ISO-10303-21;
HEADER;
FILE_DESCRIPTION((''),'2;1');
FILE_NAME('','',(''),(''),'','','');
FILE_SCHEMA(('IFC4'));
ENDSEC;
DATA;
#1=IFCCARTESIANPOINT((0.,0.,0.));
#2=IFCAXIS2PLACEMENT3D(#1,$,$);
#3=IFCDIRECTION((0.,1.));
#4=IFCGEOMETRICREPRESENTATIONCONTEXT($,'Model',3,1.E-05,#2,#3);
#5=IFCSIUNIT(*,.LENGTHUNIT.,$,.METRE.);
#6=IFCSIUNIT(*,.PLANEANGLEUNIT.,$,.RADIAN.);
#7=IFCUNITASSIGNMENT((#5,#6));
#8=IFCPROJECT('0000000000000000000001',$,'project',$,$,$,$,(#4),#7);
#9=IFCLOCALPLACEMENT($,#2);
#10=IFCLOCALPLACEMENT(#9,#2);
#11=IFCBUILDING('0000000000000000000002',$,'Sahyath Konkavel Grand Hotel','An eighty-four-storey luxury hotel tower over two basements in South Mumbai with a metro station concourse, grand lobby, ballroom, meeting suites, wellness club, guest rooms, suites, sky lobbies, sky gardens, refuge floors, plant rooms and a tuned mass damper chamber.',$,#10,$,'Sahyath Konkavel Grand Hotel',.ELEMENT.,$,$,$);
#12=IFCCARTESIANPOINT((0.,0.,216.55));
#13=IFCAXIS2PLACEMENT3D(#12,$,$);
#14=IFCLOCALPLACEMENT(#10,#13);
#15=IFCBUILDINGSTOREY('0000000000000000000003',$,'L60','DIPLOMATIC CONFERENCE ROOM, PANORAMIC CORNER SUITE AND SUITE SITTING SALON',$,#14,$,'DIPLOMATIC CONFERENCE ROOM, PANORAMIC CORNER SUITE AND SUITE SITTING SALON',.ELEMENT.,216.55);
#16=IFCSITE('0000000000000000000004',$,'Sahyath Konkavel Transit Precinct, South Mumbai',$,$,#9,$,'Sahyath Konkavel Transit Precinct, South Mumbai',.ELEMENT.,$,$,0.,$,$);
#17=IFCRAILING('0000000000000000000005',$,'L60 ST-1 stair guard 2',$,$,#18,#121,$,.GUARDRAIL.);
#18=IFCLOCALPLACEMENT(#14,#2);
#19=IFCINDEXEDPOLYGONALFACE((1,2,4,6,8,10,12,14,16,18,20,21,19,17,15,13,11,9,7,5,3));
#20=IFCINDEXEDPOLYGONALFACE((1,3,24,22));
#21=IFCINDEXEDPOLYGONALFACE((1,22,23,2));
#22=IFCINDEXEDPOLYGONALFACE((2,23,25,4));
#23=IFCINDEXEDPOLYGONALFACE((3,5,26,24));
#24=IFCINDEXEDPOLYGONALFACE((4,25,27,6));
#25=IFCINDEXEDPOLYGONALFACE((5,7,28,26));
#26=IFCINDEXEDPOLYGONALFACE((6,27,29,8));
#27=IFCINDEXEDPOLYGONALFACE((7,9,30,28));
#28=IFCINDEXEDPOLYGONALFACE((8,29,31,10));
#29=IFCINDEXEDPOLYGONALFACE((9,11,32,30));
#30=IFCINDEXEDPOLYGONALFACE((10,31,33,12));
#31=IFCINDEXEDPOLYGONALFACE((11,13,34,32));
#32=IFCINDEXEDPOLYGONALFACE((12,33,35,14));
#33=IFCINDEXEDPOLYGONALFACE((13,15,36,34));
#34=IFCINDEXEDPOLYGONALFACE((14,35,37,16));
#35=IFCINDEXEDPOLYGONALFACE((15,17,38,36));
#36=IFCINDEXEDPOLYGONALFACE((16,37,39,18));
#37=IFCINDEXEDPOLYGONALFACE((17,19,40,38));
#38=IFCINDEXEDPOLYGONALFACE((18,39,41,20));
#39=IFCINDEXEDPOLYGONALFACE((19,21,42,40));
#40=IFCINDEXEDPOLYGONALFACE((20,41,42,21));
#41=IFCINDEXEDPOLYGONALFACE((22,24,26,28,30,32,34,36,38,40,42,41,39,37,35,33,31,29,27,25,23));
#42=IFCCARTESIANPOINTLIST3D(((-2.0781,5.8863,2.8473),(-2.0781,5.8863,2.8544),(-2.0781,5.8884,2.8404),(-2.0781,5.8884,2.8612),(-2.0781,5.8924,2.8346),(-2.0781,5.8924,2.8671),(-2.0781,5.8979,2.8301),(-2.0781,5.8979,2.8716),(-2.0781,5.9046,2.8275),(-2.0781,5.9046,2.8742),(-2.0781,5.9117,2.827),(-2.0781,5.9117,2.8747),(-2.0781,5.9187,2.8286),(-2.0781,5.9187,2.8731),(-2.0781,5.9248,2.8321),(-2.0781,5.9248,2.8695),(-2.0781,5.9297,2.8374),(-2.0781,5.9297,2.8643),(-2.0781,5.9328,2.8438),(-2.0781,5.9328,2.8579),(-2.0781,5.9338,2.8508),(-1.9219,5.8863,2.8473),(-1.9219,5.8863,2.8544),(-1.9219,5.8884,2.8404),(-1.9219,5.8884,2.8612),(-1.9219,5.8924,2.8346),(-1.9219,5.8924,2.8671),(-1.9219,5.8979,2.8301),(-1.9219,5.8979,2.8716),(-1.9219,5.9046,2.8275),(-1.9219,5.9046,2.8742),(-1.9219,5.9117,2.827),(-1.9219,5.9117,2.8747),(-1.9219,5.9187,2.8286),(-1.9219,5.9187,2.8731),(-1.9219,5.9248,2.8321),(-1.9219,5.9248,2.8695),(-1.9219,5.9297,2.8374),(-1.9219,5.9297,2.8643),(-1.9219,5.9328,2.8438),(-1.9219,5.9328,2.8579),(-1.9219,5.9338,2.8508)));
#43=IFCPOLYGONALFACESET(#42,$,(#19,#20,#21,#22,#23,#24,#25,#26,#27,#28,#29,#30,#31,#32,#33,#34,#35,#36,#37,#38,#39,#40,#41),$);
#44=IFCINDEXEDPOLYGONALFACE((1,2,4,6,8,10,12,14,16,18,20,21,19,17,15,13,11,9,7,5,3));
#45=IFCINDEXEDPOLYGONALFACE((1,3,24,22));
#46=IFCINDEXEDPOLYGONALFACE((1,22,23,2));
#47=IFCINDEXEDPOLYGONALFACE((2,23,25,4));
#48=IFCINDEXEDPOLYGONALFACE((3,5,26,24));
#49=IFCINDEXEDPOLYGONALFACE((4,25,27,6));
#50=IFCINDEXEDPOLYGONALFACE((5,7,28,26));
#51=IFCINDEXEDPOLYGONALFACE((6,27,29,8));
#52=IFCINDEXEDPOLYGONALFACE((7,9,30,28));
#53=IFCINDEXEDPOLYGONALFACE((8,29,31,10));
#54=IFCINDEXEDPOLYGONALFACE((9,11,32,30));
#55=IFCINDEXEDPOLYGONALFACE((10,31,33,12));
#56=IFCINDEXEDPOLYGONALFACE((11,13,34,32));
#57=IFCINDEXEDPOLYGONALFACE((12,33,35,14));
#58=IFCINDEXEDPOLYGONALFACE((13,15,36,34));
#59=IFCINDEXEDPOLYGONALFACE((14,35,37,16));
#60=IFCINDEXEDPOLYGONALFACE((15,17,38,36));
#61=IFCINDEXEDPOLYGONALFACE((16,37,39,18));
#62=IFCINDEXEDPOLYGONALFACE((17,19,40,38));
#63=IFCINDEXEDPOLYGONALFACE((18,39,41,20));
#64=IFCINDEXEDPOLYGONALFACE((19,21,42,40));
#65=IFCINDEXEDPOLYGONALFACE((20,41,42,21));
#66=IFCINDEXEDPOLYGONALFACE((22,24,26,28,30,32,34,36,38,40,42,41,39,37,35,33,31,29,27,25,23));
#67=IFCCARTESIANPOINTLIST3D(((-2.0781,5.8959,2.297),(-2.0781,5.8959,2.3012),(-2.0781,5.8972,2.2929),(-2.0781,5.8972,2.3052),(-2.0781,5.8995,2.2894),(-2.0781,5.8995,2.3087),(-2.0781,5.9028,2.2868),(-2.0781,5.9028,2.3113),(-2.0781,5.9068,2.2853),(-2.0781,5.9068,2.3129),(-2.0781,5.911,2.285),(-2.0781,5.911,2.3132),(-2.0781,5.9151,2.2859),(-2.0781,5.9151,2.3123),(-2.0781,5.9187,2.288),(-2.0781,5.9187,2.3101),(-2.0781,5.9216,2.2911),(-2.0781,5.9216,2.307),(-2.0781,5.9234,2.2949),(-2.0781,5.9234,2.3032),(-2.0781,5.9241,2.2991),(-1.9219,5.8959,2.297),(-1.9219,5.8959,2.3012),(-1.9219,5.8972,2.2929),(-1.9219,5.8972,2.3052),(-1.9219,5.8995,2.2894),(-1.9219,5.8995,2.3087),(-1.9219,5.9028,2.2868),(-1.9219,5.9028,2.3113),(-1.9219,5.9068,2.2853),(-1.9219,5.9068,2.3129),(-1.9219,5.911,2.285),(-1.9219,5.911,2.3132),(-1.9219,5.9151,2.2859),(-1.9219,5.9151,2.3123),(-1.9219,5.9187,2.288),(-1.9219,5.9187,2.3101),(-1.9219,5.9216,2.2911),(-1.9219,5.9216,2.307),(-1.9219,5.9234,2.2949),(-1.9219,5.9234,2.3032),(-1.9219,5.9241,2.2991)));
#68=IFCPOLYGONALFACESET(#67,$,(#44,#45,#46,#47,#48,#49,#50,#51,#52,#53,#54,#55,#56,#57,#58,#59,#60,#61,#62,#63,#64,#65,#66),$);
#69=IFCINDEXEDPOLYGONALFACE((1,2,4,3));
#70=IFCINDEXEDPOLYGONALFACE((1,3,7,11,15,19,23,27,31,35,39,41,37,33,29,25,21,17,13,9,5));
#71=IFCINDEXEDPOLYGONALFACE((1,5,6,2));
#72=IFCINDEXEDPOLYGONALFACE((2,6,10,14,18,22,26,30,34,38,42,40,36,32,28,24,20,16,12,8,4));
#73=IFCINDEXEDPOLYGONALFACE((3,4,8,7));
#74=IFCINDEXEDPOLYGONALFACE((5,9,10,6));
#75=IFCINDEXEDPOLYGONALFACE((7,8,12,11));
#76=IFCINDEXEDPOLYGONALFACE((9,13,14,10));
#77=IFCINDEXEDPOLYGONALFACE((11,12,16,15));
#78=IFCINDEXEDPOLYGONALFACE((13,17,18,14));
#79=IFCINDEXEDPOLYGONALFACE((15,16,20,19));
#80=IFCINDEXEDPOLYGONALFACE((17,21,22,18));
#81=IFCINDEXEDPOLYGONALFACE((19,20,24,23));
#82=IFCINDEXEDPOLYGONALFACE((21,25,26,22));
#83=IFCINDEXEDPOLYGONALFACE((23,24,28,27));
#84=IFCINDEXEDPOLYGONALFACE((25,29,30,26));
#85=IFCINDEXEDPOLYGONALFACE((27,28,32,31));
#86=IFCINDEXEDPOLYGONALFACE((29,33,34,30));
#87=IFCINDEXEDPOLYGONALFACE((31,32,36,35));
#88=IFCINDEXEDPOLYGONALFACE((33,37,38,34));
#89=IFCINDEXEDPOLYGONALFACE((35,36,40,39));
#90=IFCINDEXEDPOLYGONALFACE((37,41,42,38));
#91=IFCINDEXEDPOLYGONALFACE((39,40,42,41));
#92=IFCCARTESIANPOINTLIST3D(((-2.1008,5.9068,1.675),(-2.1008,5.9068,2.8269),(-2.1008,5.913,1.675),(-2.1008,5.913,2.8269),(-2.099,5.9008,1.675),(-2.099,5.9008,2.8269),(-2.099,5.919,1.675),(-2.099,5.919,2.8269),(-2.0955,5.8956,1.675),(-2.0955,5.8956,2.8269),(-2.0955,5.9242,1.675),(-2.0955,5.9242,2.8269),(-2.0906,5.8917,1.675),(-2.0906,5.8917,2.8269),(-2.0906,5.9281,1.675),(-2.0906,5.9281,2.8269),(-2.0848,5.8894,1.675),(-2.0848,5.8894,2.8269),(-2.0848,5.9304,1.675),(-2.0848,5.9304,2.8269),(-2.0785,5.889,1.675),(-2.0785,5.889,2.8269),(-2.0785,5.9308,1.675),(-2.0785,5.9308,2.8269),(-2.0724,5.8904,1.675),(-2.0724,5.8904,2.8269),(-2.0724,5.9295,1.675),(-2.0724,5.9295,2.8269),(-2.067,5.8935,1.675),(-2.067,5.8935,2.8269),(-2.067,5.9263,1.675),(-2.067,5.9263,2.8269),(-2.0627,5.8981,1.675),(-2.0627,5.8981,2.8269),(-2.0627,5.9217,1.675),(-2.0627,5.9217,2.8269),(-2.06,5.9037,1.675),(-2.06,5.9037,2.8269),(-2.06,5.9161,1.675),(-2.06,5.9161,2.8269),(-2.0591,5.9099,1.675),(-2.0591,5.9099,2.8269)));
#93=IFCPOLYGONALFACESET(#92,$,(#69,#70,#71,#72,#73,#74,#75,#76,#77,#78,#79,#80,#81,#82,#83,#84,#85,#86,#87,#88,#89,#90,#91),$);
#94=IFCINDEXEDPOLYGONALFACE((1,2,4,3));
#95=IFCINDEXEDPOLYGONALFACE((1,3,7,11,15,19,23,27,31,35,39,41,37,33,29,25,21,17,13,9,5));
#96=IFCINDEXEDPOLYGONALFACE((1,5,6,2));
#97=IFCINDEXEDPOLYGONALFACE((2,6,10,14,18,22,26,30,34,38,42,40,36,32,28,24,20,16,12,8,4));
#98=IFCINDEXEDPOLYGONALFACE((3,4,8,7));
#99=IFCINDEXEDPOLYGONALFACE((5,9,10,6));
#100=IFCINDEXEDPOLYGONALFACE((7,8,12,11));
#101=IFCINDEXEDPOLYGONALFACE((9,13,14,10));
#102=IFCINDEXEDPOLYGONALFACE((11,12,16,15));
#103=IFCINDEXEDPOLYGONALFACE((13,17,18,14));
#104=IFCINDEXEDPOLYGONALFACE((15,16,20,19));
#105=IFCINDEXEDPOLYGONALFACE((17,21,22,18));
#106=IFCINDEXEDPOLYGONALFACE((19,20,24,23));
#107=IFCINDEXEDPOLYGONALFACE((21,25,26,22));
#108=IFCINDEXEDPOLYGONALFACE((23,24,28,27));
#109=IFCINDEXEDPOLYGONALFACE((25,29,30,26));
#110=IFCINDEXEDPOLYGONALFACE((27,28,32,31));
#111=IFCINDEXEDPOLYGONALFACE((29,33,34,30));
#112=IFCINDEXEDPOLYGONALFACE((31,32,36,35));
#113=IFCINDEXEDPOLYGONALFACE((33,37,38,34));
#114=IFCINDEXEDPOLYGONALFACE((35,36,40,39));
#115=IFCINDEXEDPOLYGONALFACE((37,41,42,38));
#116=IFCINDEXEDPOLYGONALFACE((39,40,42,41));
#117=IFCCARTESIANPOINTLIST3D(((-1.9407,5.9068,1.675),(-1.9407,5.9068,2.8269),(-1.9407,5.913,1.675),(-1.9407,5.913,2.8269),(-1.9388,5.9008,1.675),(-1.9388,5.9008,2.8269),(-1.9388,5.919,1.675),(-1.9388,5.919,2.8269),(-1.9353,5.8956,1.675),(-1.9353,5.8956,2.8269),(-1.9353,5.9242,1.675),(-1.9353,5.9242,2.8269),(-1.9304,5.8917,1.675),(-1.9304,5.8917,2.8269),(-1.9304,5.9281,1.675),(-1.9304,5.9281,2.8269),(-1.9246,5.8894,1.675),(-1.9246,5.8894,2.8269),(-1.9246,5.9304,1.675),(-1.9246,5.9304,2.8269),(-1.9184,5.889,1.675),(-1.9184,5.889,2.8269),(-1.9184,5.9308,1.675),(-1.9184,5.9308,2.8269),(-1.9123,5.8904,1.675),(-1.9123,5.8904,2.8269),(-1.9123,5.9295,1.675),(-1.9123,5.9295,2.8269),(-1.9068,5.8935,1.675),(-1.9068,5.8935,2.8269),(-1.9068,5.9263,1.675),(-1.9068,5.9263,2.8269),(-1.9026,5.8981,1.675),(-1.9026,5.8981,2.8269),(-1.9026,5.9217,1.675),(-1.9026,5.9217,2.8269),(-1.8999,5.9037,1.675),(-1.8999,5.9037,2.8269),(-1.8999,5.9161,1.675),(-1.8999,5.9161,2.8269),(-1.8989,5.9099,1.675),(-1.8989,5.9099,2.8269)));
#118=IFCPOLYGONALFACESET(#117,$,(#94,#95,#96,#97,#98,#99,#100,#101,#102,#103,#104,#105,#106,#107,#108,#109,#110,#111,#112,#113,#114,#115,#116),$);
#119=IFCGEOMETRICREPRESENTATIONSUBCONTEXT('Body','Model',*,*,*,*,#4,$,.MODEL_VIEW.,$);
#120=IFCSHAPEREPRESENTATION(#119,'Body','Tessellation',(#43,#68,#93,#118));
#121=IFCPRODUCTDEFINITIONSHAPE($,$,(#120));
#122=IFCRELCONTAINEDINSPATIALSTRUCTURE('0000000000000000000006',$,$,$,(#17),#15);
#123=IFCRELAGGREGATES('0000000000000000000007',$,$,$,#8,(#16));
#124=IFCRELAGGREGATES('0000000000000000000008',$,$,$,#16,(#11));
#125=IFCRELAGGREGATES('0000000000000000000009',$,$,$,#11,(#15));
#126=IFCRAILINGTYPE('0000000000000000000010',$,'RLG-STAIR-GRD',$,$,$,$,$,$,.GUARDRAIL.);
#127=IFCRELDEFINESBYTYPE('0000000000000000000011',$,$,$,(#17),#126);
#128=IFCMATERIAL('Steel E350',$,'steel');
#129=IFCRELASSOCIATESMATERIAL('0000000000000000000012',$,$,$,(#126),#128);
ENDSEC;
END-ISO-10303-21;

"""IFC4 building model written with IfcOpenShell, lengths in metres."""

from ifc_helpers import new_model, si_unit, direction, frame, origin, origin_2d, place, context, subcontext, project, spatial, circle, extrude, material, type_object, element, save


model = new_model("IFC4")

# Units and contexts
model_context = context("Model", 3, precision=1e-05, world=origin(), true_north=direction((0.0, 1.0)))
body_context = subcontext(model_context, "Body", "Model", "MODEL_VIEW")
ifc_project = project(units=[si_unit("LENGTHUNIT", "METRE"), si_unit("PLANEANGLEUNIT", "RADIAN")], contexts=[model_context])

# Site, building, storey
site_placement = place(None, origin())
site = spatial("IfcSite", under=ifc_project, at=site_placement, Name="Sahyath Konkavel Transit Precinct, South Mumbai", LongName="Sahyath Konkavel Transit Precinct, South Mumbai", CompositionType="ELEMENT", RefElevation=0.0)
building_placement = place(site_placement, origin())
building = spatial("IfcBuilding", under=site, at=building_placement, Name="Sahyath Konkavel Grand Hotel", Description="An eighty-four-storey luxury hotel tower over two basements in South Mumbai with a metro station concourse, grand lobby, ballroom, meeting suites, wellness club, guest rooms, suites, sky lobbies, sky gardens, refuge floors, plant rooms and a tuned mass damper chamber.", LongName="Sahyath Konkavel Grand Hotel", CompositionType="ELEMENT")
storey_placement = place(building_placement, frame((0.0, 0.0, 216.55)))
storey = spatial("IfcBuildingStorey", under=building, at=storey_placement, Name="L60", Description="DIPLOMATIC CONFERENCE ROOM, PANORAMIC CORNER SUITE AND SUITE SITTING SALON", LongName="DIPLOMATIC CONFERENCE ROOM, PANORAMIC CORNER SUITE AND SUITE SITTING SALON", CompositionType="ELEMENT", Elevation=216.55)

# Shared definitions
ifc_material_1 = material(Name="Steel E350", Category="steel")

# Railing
railing_type_1 = type_object("IfcRailingType", Name="RLG-STAIR-GRD", PredefinedType="GUARDRAIL", material=ifc_material_1)
railing_1_placement = place(storey_placement, frame((-2.0801, 5.9099, 1.675)))
element("IfcRailing", 1, at=railing_1_placement, inside=storey, type_object=railing_type_1, Name="L60 ST-1 stair guard 2", PredefinedType="GUARDRAIL", context=body_context, shape_type="SweptSolid", body=[
    extrude(circle(Radius=0.0239, at=origin_2d()), frame((0.002, 0.0, 1.1758), z_axis=(1.0, 0.0, 0.0), x_axis=(0.0, 1.0, 0.0)), (0.0, 0.0, 1.0), 0.1562),
    extrude(circle(Radius=0.0142, at=origin_2d()), frame((0.002, 0.0, 0.624), z_axis=(1.0, 0.0, 0.0), x_axis=(0.0, 1.0, 0.0)), (0.0, 0.0, 1.0), 0.1562),
    extrude(circle(Radius=0.021, at=origin_2d()), origin(), (0.0, 0.0, 1.0), 1.1519),
    extrude(circle(Radius=0.021, at=origin_2d()), frame((0.1602, 0.0, 0.0)), (0.0, 0.0, 1.0), 1.1519),
])

save(model, "model.ifc")
